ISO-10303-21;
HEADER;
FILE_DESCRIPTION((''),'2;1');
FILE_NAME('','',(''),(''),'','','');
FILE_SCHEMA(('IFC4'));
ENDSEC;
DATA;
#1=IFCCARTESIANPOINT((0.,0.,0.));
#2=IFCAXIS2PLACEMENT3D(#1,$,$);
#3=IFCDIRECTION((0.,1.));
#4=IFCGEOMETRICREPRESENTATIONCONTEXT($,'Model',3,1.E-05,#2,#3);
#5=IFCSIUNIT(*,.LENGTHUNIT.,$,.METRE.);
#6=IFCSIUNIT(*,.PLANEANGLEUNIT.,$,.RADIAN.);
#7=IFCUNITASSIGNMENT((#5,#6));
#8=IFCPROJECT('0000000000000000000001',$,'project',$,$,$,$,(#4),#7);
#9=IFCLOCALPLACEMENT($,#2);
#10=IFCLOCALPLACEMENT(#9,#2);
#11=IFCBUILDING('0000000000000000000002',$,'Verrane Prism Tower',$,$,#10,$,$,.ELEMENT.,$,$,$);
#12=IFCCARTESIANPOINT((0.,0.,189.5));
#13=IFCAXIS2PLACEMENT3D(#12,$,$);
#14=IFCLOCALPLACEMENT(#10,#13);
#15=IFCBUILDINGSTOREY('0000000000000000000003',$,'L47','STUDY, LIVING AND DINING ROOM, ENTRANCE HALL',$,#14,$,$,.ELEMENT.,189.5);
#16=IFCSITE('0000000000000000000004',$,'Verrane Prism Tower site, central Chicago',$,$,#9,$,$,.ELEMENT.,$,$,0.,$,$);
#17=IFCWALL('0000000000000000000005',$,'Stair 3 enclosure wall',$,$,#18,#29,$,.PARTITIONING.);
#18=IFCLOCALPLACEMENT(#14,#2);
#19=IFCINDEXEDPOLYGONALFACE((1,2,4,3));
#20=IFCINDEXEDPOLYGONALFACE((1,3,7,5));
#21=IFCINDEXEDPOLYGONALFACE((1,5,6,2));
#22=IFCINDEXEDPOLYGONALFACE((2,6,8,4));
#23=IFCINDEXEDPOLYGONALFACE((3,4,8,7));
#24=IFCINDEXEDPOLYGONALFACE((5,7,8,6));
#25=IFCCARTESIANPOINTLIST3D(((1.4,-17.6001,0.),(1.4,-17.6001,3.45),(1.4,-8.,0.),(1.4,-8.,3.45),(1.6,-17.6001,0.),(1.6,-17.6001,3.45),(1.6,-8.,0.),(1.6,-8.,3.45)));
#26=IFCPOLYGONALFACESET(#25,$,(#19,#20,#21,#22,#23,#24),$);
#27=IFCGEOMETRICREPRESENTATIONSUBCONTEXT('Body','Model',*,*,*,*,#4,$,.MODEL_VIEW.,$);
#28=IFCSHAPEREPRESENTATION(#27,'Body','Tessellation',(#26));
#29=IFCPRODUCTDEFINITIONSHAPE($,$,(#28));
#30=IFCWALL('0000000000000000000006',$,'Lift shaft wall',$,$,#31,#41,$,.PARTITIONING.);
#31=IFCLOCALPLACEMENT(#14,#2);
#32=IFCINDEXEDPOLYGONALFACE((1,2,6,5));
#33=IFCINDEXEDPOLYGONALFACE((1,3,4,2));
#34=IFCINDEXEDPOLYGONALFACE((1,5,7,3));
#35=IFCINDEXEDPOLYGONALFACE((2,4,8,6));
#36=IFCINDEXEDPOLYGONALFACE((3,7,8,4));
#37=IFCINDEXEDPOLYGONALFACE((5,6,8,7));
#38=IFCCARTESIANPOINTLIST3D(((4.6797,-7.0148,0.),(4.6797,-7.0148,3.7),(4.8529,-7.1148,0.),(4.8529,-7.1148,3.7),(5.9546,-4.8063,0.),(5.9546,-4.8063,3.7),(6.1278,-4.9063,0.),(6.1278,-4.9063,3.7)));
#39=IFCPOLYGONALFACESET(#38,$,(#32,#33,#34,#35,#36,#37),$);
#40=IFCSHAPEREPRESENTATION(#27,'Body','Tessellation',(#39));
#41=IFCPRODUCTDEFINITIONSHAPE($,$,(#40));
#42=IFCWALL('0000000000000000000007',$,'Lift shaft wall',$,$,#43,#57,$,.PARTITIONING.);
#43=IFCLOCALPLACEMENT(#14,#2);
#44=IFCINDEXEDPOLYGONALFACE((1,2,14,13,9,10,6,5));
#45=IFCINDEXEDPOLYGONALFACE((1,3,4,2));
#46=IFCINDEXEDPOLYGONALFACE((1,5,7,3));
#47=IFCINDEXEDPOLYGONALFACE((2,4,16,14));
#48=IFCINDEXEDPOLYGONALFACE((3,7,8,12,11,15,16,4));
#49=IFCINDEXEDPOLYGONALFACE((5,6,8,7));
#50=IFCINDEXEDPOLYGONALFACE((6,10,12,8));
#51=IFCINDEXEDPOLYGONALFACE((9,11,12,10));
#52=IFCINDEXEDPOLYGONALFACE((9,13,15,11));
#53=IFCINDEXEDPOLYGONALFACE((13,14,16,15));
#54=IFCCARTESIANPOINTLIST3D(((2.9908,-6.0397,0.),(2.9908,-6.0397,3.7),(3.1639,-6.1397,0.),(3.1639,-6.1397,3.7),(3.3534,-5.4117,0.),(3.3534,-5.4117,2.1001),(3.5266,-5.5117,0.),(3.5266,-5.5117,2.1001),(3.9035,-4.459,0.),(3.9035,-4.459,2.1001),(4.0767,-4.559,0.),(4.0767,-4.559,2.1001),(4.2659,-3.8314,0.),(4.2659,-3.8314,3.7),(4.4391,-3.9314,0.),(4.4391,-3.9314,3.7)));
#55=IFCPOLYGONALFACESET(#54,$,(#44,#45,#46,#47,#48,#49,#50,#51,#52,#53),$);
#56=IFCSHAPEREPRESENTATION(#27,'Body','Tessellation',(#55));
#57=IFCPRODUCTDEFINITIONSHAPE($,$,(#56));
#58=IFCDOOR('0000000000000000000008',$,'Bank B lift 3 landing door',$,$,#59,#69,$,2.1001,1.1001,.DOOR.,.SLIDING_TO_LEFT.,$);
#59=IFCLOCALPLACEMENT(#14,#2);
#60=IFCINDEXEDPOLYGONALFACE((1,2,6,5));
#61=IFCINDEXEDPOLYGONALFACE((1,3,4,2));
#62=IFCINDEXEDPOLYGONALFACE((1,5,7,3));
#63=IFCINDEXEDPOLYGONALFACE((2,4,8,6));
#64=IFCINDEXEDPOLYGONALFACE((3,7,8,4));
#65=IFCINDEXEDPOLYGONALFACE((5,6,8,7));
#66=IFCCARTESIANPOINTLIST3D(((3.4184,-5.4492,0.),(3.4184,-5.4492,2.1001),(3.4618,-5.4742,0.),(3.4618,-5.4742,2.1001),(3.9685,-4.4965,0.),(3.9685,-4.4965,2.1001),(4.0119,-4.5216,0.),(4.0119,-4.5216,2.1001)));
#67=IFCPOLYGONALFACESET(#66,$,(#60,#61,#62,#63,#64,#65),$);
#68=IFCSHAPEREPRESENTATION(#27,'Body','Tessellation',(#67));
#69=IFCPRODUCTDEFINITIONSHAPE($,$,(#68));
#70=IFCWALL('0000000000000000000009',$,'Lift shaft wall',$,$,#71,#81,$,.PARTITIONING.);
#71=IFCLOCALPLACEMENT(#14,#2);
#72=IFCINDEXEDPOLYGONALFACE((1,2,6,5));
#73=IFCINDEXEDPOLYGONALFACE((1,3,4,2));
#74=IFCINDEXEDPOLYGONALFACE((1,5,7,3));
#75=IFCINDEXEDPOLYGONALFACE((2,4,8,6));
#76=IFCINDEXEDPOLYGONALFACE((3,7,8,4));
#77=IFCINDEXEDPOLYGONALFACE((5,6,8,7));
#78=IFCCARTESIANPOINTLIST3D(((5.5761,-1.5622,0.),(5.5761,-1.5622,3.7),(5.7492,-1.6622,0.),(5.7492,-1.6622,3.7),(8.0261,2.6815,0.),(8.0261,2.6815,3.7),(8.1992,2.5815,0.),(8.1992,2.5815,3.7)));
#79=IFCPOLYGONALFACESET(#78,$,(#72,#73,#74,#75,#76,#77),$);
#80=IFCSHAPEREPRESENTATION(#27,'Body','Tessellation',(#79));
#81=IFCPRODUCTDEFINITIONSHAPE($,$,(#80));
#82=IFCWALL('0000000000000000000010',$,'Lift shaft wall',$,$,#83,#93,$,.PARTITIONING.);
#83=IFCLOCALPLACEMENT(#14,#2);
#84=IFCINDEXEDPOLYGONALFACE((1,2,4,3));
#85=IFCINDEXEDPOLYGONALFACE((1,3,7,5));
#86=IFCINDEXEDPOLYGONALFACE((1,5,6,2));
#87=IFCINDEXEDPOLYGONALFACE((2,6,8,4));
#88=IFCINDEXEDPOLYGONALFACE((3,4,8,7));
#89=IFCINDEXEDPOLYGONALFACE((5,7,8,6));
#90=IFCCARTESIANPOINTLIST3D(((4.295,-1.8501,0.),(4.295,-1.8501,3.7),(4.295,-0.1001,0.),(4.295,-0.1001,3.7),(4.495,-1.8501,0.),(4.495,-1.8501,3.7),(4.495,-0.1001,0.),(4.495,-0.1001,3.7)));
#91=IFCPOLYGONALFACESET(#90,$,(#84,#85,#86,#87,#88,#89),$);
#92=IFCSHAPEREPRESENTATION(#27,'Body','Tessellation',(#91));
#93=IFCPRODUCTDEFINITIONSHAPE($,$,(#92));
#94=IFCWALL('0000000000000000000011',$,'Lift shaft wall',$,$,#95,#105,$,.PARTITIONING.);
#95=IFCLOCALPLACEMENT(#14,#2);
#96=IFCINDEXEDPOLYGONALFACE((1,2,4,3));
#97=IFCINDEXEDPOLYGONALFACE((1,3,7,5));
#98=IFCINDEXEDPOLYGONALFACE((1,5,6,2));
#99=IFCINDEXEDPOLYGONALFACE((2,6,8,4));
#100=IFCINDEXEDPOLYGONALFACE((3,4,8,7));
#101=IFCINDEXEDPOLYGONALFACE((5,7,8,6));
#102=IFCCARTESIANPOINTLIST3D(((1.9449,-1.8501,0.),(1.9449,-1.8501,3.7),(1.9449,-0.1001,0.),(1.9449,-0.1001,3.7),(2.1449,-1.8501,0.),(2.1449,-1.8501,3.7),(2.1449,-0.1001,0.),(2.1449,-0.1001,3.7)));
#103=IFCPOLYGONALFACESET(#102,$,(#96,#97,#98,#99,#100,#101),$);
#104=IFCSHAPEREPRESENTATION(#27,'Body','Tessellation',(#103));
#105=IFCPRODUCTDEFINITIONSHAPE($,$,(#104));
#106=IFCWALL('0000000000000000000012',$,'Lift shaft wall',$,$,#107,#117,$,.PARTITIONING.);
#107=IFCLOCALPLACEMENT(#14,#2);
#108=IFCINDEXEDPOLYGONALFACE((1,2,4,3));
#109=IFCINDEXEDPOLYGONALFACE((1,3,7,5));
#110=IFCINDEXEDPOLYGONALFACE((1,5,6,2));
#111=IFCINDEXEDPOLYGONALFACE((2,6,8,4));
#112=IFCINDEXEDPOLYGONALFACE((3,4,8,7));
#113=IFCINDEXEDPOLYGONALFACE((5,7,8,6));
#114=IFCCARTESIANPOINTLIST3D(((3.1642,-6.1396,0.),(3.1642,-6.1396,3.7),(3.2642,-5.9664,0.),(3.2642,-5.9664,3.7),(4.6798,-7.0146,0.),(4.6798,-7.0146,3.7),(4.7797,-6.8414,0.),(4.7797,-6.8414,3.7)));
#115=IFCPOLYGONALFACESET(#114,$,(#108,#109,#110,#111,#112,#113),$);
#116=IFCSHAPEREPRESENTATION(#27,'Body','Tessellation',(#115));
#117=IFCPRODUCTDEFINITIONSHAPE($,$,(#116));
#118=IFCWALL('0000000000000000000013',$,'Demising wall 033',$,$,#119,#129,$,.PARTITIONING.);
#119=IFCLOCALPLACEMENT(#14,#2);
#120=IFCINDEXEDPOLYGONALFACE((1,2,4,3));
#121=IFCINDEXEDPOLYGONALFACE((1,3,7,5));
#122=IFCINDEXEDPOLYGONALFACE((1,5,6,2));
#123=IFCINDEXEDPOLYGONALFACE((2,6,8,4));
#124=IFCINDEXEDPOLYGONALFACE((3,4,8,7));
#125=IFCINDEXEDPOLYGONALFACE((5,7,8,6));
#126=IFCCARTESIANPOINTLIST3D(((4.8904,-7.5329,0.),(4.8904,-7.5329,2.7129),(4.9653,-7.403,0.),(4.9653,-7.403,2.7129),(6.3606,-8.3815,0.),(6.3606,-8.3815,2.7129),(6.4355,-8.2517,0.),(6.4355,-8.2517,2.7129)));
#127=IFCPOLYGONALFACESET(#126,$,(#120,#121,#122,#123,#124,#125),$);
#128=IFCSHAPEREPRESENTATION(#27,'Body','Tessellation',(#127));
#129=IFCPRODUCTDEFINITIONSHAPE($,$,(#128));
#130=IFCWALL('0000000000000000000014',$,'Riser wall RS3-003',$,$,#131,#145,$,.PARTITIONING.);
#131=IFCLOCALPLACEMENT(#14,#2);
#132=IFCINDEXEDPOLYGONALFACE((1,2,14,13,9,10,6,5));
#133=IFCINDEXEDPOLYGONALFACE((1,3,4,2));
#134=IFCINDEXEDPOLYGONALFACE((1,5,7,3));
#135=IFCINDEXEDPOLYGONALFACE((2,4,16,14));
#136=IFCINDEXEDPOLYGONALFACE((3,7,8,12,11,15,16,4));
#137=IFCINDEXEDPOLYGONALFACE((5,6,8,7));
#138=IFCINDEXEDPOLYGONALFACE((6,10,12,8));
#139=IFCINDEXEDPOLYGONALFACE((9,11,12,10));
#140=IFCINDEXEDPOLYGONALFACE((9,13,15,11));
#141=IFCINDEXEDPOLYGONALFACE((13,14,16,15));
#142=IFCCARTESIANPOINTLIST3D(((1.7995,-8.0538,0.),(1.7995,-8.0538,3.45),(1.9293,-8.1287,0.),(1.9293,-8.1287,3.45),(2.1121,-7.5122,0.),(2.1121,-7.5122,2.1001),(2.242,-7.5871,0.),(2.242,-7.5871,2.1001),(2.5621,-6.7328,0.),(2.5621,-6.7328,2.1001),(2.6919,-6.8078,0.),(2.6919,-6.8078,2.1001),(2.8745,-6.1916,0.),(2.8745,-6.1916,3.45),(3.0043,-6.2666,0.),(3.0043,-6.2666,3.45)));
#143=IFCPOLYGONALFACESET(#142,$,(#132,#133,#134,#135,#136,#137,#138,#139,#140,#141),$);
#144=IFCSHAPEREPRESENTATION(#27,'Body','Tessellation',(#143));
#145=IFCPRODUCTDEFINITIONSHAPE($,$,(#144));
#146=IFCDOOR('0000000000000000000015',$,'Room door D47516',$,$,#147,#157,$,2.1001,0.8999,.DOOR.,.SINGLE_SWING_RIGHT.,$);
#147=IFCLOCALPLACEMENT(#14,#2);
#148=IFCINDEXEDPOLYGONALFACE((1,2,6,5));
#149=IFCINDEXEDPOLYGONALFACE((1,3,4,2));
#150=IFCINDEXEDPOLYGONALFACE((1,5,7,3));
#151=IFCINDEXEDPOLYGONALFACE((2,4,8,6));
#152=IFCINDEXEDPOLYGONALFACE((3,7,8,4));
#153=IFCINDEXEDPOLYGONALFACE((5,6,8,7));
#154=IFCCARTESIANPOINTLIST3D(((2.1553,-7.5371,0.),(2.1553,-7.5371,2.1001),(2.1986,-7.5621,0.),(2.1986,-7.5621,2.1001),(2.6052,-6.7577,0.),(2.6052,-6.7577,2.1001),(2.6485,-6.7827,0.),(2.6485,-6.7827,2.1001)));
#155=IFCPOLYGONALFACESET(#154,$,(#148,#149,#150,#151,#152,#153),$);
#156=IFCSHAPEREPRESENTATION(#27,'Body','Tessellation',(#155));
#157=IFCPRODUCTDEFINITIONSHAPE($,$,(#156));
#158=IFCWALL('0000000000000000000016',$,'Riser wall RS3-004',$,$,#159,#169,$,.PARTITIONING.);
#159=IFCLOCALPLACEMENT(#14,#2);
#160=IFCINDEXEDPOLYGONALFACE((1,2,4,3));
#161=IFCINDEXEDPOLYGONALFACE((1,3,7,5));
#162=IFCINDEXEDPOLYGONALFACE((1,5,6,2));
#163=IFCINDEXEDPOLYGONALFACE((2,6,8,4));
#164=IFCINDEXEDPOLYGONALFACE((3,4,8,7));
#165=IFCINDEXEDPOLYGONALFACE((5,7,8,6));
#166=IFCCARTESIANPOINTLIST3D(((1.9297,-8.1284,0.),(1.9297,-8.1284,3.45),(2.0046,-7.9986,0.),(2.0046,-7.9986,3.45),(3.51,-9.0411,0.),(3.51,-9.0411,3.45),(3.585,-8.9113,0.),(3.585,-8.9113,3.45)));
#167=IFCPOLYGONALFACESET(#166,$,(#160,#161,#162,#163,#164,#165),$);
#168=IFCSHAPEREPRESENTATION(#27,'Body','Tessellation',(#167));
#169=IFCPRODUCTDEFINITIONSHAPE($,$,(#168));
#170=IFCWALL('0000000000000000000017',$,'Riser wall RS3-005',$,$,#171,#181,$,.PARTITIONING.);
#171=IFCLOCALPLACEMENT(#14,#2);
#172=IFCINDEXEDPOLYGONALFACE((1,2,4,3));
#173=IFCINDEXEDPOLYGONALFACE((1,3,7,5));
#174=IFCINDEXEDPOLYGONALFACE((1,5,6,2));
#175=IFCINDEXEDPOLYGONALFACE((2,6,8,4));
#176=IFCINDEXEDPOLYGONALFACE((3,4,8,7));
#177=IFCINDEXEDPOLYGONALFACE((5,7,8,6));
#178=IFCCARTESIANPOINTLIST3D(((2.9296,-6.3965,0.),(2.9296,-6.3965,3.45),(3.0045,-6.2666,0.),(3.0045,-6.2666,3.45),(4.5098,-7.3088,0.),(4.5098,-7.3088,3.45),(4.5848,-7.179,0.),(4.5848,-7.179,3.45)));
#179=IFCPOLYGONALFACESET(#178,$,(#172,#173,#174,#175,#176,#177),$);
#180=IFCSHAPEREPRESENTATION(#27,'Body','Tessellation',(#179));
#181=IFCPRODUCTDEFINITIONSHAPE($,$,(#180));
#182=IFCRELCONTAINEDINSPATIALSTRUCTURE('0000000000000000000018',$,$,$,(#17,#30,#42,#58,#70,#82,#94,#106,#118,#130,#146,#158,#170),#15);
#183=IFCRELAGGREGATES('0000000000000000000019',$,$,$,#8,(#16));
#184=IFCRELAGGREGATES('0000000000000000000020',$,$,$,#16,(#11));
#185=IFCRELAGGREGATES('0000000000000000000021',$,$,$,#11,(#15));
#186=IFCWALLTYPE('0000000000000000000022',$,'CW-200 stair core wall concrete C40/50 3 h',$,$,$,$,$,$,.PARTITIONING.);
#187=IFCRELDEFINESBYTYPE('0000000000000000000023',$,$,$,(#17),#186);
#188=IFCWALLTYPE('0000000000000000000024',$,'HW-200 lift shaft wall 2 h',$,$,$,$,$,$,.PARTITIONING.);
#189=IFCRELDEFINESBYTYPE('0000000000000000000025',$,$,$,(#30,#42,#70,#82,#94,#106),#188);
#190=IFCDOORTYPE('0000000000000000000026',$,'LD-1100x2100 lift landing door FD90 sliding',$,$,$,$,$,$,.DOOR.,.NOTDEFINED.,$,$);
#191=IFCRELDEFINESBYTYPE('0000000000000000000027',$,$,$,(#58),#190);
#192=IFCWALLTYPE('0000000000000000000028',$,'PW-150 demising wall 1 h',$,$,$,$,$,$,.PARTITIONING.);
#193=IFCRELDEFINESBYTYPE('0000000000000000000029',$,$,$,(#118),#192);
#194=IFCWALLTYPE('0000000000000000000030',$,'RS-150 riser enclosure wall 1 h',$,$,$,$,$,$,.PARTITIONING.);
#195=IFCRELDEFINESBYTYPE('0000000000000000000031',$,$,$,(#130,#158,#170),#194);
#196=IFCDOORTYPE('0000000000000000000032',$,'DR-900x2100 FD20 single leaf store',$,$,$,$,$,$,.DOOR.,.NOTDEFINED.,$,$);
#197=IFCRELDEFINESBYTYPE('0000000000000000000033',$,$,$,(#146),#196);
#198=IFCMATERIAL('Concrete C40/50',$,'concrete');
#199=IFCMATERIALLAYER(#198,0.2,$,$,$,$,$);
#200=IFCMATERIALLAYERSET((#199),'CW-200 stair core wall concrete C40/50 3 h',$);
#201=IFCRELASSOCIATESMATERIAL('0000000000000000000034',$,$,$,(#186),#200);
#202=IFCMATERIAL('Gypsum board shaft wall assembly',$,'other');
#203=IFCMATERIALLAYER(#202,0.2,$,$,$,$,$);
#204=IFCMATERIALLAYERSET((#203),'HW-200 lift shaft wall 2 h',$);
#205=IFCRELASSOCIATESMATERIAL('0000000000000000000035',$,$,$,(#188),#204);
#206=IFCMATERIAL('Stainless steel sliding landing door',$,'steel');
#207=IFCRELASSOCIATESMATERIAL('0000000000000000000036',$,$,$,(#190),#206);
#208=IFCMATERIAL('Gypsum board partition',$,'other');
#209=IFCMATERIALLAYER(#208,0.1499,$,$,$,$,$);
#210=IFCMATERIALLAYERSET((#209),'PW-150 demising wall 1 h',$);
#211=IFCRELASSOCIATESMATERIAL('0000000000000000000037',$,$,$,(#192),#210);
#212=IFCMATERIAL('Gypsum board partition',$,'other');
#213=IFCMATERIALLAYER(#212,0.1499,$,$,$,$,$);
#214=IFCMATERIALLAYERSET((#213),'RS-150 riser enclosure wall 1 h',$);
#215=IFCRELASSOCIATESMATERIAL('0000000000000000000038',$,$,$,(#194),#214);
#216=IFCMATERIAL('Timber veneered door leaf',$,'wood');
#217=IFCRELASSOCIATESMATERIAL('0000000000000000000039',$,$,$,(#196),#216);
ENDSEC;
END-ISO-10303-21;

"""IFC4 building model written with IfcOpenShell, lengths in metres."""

from ifc_helpers import new_model, si_unit, direction, frame, frame_2d, origin, place, context, subcontext, project, spatial, rectangle, extrude, material, layer, layer_set, type_object, element, fill, save


model = new_model("IFC4")

# Units and contexts
model_context = context("Model", 3, precision=1e-05, world=origin(), true_north=direction((0.0, 1.0)))
body_context = subcontext(model_context, "Body", "Model", "MODEL_VIEW")
ifc_project = project(units=[si_unit("LENGTHUNIT", "METRE"), si_unit("PLANEANGLEUNIT", "RADIAN")], contexts=[model_context])

# Site, building, storey
site_placement = place(None, origin())
site = spatial("IfcSite", under=ifc_project, at=site_placement, Name="Verrane Prism Tower site, central Chicago", CompositionType="ELEMENT", RefElevation=0.0)
building_placement = place(site_placement, origin())
building = spatial("IfcBuilding", under=site, at=building_placement, Name="Verrane Prism Tower", CompositionType="ELEMENT")
storey_placement = place(building_placement, frame((0.0, 0.0, 189.5)))
storey = spatial("IfcBuildingStorey", under=building, at=storey_placement, Name="L47", Description="STUDY, LIVING AND DINING ROOM, ENTRANCE HALL", CompositionType="ELEMENT", Elevation=189.5)

# Walls
ifc_material_1 = material(Name="Concrete C40/50", Category="concrete")
ifc_layer_1 = layer(ifc_material_1, 0.2)
ifc_layer_set_1 = layer_set([ifc_layer_1], Name="CW-200 stair core wall concrete C40/50 3 h")
wall_type_1 = type_object("IfcWallType", Name="CW-200 stair core wall concrete C40/50 3 h", PredefinedType="PARTITIONING", material=ifc_layer_set_1)
wall_1_placement = place(storey_placement, frame((1.5, -8.0, 0.0), z_axis=(0.0, 0.0, 1.0), x_axis=(0.0, -1.0, 0.0)))
element("IfcWall", 1, at=wall_1_placement, inside=storey, type_object=wall_type_1, Name="Stair 3 enclosure wall", PredefinedType="PARTITIONING", context=body_context, shape_type="SweptSolid", body=[
    extrude(rectangle(XDim=9.6001, YDim=0.2, at=frame_2d((4.8, 0.0))), origin(), (0.0, 0.0, 1.0), 3.45),
])
ifc_material_2 = material(Name="Gypsum board shaft wall assembly", Category="other")
ifc_layer_2 = layer(ifc_material_2, 0.2)
ifc_layer_set_2 = layer_set([ifc_layer_2], Name="HW-200 lift shaft wall 2 h")
wall_type_2 = type_object("IfcWallType", Name="HW-200 lift shaft wall 2 h", PredefinedType="PARTITIONING", material=ifc_layer_set_2)
wall_2_placement = place(storey_placement, frame((4.7664, -7.0647, 0.0), z_axis=(0.0, 0.0, 1.0), x_axis=(0.499949, 0.866055, 0.0)))
element("IfcWall", 2, at=wall_2_placement, inside=storey, type_object=wall_type_2, Name="Lift shaft wall", PredefinedType="PARTITIONING", context=body_context, shape_type="SweptSolid", body=[
    extrude(rectangle(XDim=2.55, YDim=0.2, at=frame_2d((1.2749, 0.0))), origin(), (0.0, 0.0, 1.0), 3.7),
])

# Wall, opening, door
wall_3_placement = place(storey_placement, frame((3.0774, -6.0896, 0.0), z_axis=(0.0, 0.0, 1.0), x_axis=(0.500062, 0.865989, 0.0)))
wall_3 = element("IfcWall", 3, at=wall_3_placement, inside=storey, type_object=wall_type_2, Name="Lift shaft wall", PredefinedType="PARTITIONING", context=body_context, shape_type="SweptSolid", body=[
    extrude(rectangle(XDim=2.55, YDim=0.2, at=frame_2d((1.2749, 0.0))), origin(), (0.0, 0.0, 1.0), 3.7),
])
opening_1_placement = place(wall_3_placement, frame((0.7251, 0.0, 0.0)))
opening_1 = element("IfcOpeningElement", 4, at=opening_1_placement, cuts=wall_3, PredefinedType="OPENING", context=body_context, shape_type="SweptSolid", body=[
    extrude(rectangle(XDim=1.1001, YDim=2.1001, at=frame_2d((0.55, 1.05))), frame((0.0, 0.1099, 0.0), z_axis=(0.0, -1.0, 0.0), x_axis=(1.0, 0.0, 0.0)), (0.0, 0.0, 1.0), 0.22),
])
ifc_material_3 = material(Name="Stainless steel sliding landing door", Category="steel")
door_type_1 = type_object("IfcDoorType", Name="LD-1100x2100 lift landing door FD90 sliding", OperationType="NOTDEFINED", PredefinedType="DOOR", material=ifc_material_3)
door_1_placement = place(opening_1_placement, origin())
door_1 = element("IfcDoor", 5, at=door_1_placement, inside=storey, type_object=door_type_1, Name="Bank B lift 3 landing door", OperationType="SLIDING_TO_LEFT", OverallHeight=2.1001, OverallWidth=1.1001, PredefinedType="DOOR", context=body_context, shape_type="SweptSolid", body=[
    extrude(rectangle(XDim=1.1001, YDim=2.1001, at=frame_2d((0.55, 1.05))), frame((0.0, 0.0249, 0.0), z_axis=(0.0, -1.0, 0.0), x_axis=(1.0, 0.0, 0.0)), (0.0, 0.0, 1.0), 0.05),
])
fill(opening_1, door_1)

# Walls
wall_4_placement = place(storey_placement, frame((5.6626, -1.6123, 0.0), z_axis=(0.0, 0.0, 1.0), x_axis=(0.499981, 0.866036, 0.0)))
element("IfcWall", 6, at=wall_4_placement, inside=storey, type_object=wall_type_2, Name="Lift shaft wall", PredefinedType="PARTITIONING", context=body_context, shape_type="SweptSolid", body=[
    extrude(rectangle(XDim=4.9001, YDim=0.2, at=frame_2d((2.4502, 0.0))), origin(), (0.0, 0.0, 1.0), 3.7),
])
for number, where, z_axis, x_axis, name in (
    (7, (4.395, -1.8501, 0.0), (0.0, 0.0, 1.0), (0.0, 1.0, 0.0), "Lift shaft wall"),
    (8, (2.0449, -1.8501, 0.0), (0.0, 0.0, 1.0), (0.0, 1.0, 0.0), "Lift shaft wall"),
    (9, (4.7297, -6.928, 0.0), (0.0, 0.0, 1.0), (-0.866037, 0.49998, 0.0), "Lift shaft wall"),
):
    element("IfcWall", number, at=place(storey_placement, frame(where, z_axis=z_axis, x_axis=x_axis)), inside=storey, type_object=wall_type_2, Name=name, PredefinedType="PARTITIONING", context=body_context, shape_type="SweptSolid", body=[
        extrude(rectangle(XDim=1.75, YDim=0.2, at=frame_2d((0.875, 0.0))), origin(), (0.0, 0.0, 1.0), 3.7),
    ])
ifc_material_4 = material(Name="Gypsum board partition", Category="other")
ifc_layer_3 = layer(ifc_material_4, 0.1499)
ifc_layer_set_3 = layer_set([ifc_layer_3], Name="PW-150 demising wall 1 h")
wall_type_3 = type_object("IfcWallType", Name="PW-150 demising wall 1 h", PredefinedType="PARTITIONING", material=ifc_layer_set_3)
wall_5_placement = place(storey_placement, frame((4.928, -7.468, 0.0), z_axis=(0.0, 0.0, 1.0), x_axis=(0.866075, -0.499913, 0.0)))
element("IfcWall", 10, at=wall_5_placement, inside=storey, type_object=wall_type_3, Name="Demising wall 033", PredefinedType="PARTITIONING", context=body_context, shape_type="SweptSolid", body=[
    extrude(rectangle(XDim=1.6975, YDim=0.1499, at=frame_2d((0.8486, 0.0))), origin(), (0.0, 0.0, 1.0), 2.7129),
])

# Wall, opening, door
ifc_material_5 = material(Name="Gypsum board partition", Category="other")
ifc_layer_4 = layer(ifc_material_5, 0.1499)
ifc_layer_set_4 = layer_set([ifc_layer_4], Name="RS-150 riser enclosure wall 1 h")
wall_type_4 = type_object("IfcWallType", Name="RS-150 riser enclosure wall 1 h", PredefinedType="PARTITIONING", material=ifc_layer_set_4)
wall_6_placement = place(storey_placement, frame((2.9395, -6.229, 0.0), z_axis=(0.0, 0.0, 1.0), x_axis=(-0.499962, -0.866048, 0.0)))
wall_6 = element("IfcWall", 11, at=wall_6_placement, inside=storey, type_object=wall_type_4, Name="Riser wall RS3-003", PredefinedType="PARTITIONING", context=body_context, shape_type="SweptSolid", body=[
    extrude(rectangle(XDim=2.1501, YDim=0.1499, at=frame_2d((1.0752, 0.0))), origin(), (0.0, 0.0, 1.0), 3.45),
])
opening_2_placement = place(wall_6_placement, frame((0.625, 0.0, 0.0)))
opening_2 = element("IfcOpeningElement", 12, at=opening_2_placement, cuts=wall_6, PredefinedType="OPENING", context=body_context, shape_type="SweptSolid", body=[
    extrude(rectangle(XDim=0.8999, YDim=2.1001, at=frame_2d((0.45, 1.05))), frame((0.0, 0.085, 0.0), z_axis=(0.0, -1.0, 0.0), x_axis=(1.0, 0.0, 0.0)), (0.0, 0.0, 1.0), 0.1699),
])
ifc_material_6 = material(Name="Timber veneered door leaf", Category="wood")
door_type_2 = type_object("IfcDoorType", Name="DR-900x2100 FD20 single leaf store", OperationType="NOTDEFINED", PredefinedType="DOOR", material=ifc_material_6)
door_2_placement = place(opening_2_placement, origin())
door_2 = element("IfcDoor", 13, at=door_2_placement, inside=storey, type_object=door_type_2, Name="Room door D47516", OperationType="SINGLE_SWING_RIGHT", OverallHeight=2.1001, OverallWidth=0.8999, PredefinedType="DOOR", context=body_context, shape_type="SweptSolid", body=[
    extrude(rectangle(XDim=0.8999, YDim=2.1001, at=frame_2d((0.45, 1.05))), frame((0.0, 0.0249, 0.0), z_axis=(0.0, -1.0, 0.0), x_axis=(1.0, 0.0, 0.0)), (0.0, 0.0, 1.0), 0.05),
])
fill(opening_2, door_2)

# Walls
wall_7_placement = place(storey_placement, frame((1.967, -8.0635, 0.0), z_axis=(0.0, 0.0, 1.0), x_axis=(0.865978, -0.500081, 0.0)))
element("IfcWall", 14, at=wall_7_placement, inside=storey, type_object=wall_type_4, Name="Riser wall RS3-004", PredefinedType="PARTITIONING", context=body_context, shape_type="SweptSolid", body=[
    extrude(rectangle(XDim=1.825, YDim=0.1499, at=frame_2d((0.9126, 0.0))), origin(), (0.0, 0.0, 1.0), 3.45),
])
wall_8_placement = place(storey_placement, frame((2.967, -6.3315, 0.0), z_axis=(0.0, 0.0, 1.0), x_axis=(0.866036, -0.499981, 0.0)))
element("IfcWall", 15, at=wall_8_placement, inside=storey, type_object=wall_type_4, Name="Riser wall RS3-005", PredefinedType="PARTITIONING", context=body_context, shape_type="SweptSolid", body=[
    extrude(rectangle(XDim=1.8247, YDim=0.1499, at=frame_2d((0.9124, 0.0))), origin(), (0.0, 0.0, 1.0), 3.45),
])

save(model, "model.ifc")
